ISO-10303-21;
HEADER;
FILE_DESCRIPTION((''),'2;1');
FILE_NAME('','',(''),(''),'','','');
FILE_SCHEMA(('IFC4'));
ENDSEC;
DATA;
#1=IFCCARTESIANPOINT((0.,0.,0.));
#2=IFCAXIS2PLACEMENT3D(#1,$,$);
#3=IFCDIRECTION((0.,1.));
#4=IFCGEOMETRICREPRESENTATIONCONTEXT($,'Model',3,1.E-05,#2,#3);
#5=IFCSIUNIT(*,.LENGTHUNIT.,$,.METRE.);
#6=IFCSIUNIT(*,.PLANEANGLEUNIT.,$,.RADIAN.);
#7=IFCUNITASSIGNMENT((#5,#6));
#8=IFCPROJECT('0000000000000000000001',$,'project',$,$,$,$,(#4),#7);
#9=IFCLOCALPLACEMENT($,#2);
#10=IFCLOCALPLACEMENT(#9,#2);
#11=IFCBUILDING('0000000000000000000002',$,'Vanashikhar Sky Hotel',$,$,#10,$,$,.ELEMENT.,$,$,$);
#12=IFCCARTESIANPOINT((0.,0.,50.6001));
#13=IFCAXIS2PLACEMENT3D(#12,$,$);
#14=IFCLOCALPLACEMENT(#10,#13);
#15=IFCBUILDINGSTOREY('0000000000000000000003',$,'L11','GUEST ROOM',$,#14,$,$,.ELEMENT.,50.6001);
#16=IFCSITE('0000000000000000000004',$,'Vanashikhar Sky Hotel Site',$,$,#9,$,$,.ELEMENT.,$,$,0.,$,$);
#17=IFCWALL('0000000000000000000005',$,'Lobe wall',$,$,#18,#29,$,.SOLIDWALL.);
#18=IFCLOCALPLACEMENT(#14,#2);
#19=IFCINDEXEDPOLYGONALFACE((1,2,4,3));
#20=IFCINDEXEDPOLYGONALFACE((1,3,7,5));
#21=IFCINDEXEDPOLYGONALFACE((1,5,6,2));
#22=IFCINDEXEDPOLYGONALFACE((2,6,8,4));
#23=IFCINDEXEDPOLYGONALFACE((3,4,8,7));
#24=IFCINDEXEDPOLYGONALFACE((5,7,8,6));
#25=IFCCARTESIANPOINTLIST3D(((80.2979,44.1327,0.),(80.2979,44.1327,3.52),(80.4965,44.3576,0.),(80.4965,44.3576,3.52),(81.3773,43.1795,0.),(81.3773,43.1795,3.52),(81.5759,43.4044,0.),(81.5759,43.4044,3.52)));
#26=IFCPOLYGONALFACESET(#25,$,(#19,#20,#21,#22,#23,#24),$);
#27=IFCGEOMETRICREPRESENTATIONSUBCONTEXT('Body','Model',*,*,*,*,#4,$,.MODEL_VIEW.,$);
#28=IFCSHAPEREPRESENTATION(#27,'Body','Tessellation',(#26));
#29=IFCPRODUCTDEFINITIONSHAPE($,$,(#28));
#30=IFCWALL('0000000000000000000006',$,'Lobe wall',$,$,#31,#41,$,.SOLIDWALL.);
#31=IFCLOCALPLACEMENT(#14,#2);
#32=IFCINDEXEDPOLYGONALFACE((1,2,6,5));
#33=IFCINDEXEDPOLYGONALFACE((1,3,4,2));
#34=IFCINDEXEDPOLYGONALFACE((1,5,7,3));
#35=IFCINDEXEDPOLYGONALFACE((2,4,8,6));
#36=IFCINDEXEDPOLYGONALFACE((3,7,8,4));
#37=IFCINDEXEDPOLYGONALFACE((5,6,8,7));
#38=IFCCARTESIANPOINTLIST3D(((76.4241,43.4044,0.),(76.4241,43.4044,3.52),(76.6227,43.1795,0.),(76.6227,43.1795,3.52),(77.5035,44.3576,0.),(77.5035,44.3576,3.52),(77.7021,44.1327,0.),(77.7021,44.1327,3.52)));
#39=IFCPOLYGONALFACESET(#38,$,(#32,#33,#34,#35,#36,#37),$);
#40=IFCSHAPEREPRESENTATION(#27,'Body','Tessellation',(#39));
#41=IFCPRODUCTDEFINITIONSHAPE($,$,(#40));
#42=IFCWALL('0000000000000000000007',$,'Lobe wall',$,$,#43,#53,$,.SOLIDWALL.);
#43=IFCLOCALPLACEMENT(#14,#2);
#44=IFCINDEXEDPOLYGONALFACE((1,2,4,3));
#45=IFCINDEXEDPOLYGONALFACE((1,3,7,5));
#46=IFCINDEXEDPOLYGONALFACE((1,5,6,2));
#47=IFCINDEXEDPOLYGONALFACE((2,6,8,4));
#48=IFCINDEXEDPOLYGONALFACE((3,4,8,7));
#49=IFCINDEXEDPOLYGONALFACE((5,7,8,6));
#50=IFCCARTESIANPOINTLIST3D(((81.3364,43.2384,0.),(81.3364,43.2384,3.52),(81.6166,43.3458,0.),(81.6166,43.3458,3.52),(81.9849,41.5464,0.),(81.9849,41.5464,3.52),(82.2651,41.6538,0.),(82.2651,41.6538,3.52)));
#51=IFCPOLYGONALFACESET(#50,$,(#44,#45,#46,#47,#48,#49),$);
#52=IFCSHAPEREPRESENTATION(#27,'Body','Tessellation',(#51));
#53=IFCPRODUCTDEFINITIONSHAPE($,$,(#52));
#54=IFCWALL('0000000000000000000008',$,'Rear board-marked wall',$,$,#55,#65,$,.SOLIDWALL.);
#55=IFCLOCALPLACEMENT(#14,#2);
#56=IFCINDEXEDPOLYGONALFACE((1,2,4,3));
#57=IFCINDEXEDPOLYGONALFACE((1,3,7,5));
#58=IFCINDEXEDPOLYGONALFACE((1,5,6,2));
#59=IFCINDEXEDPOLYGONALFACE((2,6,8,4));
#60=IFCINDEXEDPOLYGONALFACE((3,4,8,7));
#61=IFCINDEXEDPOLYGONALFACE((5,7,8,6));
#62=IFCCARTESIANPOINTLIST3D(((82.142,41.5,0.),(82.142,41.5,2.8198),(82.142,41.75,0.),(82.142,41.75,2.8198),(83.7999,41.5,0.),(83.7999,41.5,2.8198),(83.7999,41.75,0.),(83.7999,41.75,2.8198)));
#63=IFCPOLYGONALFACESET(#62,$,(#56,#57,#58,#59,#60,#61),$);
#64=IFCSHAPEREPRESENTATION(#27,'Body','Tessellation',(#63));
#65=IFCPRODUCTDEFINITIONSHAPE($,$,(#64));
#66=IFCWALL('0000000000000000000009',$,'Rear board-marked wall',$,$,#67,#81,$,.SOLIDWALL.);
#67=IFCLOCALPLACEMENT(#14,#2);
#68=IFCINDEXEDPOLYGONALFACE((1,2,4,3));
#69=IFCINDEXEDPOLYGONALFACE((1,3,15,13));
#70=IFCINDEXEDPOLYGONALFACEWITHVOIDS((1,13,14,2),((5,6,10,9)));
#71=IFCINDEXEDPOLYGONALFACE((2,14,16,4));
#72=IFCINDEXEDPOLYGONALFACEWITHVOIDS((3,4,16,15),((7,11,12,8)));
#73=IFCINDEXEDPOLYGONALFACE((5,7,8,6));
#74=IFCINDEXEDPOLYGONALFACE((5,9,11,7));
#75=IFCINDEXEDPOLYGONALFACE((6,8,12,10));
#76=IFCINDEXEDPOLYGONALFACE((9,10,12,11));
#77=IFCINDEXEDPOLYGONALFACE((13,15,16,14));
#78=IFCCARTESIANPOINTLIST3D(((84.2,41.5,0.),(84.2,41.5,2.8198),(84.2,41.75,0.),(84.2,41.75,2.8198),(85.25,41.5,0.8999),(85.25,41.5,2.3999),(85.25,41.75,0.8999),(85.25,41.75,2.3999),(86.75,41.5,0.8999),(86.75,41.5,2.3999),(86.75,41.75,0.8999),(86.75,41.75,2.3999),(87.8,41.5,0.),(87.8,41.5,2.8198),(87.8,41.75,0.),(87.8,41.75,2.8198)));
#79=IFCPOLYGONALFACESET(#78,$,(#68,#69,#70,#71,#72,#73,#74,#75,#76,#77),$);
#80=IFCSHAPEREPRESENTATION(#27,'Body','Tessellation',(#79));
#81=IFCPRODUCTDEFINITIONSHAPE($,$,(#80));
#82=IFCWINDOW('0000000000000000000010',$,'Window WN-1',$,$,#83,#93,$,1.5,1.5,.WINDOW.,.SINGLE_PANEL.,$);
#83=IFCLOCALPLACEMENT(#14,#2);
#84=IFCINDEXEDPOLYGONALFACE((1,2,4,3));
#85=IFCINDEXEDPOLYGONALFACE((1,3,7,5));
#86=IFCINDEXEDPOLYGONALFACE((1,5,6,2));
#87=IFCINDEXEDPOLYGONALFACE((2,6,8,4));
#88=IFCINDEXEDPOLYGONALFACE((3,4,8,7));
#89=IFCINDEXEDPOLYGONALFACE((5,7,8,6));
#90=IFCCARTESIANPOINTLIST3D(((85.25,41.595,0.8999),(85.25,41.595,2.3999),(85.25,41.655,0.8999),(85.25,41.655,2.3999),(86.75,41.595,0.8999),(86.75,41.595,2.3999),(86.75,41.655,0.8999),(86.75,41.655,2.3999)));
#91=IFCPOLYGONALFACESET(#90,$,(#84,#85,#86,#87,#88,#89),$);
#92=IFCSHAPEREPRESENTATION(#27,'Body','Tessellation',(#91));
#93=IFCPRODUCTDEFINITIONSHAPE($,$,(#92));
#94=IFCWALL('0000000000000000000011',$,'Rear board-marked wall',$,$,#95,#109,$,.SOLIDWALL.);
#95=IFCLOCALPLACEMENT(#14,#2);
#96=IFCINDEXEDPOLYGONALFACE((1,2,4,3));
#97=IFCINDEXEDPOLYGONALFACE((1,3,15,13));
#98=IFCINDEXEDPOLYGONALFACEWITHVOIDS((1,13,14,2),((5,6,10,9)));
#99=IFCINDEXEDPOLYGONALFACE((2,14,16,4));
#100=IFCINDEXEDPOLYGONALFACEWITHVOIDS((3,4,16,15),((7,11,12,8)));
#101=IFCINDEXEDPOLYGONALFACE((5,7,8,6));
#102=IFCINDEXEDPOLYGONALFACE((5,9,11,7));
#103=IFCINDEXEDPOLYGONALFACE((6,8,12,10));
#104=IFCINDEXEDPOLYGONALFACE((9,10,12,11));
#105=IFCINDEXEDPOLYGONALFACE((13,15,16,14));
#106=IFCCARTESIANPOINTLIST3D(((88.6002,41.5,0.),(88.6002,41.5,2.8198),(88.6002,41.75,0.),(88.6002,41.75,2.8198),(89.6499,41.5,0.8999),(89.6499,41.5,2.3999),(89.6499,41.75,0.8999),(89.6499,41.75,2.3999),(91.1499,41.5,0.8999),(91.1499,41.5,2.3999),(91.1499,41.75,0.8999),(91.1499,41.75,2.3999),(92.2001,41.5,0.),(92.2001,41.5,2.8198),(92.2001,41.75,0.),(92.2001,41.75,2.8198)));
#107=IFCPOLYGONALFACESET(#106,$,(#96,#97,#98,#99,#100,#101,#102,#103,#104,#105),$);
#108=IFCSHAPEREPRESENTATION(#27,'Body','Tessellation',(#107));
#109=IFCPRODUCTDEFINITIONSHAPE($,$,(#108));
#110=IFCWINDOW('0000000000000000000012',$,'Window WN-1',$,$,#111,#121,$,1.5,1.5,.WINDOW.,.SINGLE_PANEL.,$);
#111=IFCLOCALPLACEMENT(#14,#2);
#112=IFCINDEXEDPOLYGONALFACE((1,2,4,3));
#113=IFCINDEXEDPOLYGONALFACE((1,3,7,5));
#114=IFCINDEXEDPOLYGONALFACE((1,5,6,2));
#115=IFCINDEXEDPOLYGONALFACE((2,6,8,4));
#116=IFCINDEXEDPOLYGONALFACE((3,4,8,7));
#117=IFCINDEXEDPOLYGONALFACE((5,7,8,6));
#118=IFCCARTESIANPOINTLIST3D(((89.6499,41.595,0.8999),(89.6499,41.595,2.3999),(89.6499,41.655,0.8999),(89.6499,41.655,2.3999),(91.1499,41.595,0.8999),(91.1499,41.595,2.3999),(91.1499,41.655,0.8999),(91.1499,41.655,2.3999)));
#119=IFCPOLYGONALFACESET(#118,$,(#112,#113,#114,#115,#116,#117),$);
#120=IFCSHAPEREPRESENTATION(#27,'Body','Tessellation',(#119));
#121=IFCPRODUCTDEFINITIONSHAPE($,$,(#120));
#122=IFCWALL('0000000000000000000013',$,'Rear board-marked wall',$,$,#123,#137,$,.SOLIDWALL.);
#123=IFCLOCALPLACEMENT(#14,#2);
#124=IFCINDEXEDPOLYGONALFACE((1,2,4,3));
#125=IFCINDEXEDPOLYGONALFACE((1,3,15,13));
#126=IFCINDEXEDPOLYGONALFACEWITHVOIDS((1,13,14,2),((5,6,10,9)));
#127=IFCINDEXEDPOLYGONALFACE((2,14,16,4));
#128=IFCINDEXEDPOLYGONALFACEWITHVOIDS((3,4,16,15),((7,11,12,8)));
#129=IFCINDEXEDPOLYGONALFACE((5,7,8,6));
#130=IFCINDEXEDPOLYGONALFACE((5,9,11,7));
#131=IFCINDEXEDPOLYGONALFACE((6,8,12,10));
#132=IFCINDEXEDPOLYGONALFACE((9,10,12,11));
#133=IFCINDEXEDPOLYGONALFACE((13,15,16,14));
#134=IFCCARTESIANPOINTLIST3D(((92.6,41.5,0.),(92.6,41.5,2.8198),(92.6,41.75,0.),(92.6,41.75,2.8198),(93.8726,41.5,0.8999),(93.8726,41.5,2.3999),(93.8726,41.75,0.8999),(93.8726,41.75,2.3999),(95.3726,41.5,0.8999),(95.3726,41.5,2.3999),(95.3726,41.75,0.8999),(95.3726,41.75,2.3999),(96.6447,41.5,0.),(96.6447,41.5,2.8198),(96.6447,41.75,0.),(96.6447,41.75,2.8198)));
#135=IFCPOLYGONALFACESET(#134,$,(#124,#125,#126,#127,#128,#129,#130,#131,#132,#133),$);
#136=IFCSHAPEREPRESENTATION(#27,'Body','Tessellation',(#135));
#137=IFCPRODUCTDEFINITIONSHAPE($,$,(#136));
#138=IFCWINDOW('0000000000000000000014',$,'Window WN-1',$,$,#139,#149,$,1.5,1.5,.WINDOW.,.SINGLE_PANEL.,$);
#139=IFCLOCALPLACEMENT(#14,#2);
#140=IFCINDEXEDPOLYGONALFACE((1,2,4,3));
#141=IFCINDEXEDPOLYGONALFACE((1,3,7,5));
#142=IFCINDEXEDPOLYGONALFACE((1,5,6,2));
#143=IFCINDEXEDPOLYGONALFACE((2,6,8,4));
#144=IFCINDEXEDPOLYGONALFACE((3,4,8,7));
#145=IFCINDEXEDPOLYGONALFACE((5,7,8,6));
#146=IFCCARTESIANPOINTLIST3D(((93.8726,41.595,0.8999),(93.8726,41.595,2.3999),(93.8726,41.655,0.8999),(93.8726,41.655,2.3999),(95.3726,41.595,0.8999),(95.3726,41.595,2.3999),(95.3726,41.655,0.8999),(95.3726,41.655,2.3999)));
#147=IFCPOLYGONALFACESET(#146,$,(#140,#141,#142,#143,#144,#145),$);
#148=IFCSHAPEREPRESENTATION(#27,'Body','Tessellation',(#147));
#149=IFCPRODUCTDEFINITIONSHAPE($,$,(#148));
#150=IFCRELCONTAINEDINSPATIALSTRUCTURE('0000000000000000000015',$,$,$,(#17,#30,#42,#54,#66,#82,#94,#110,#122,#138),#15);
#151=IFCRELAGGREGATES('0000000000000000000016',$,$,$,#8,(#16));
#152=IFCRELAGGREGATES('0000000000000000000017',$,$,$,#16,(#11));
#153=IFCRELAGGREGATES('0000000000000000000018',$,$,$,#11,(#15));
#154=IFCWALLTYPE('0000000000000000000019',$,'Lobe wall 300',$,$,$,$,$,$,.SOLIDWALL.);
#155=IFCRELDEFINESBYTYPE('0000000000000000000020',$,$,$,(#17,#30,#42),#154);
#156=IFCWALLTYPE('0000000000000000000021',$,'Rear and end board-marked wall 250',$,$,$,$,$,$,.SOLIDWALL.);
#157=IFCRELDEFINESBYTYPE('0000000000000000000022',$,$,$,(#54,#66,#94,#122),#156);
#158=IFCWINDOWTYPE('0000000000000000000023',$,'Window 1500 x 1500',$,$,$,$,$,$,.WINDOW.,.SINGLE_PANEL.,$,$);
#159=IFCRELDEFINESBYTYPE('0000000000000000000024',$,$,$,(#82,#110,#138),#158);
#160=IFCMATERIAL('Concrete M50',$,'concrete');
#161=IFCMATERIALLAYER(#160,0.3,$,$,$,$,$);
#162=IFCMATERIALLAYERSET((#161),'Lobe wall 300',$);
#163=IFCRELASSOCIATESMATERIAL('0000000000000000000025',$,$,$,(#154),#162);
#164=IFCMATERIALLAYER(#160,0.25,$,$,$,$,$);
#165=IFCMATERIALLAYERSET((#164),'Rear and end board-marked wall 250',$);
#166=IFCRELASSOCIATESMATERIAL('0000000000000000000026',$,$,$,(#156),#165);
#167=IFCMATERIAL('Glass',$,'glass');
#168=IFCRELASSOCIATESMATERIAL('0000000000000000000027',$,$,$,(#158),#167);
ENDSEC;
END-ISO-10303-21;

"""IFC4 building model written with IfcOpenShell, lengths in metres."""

from ifc_helpers import new_model, si_unit, direction, frame, frame_2d, origin, place, context, subcontext, project, spatial, rectangle, extrude, source, transform, mapped, material, layer, layer_set, type_object, element, fill, save


model = new_model("IFC4")

# Units and contexts
model_context = context("Model", 3, precision=1e-05, world=origin(), true_north=direction((0.0, 1.0)))
body_context = subcontext(model_context, "Body", "Model", "MODEL_VIEW")
ifc_project = project(units=[si_unit("LENGTHUNIT", "METRE"), si_unit("PLANEANGLEUNIT", "RADIAN")], contexts=[model_context])

# Site, building, storey
site_placement = place(None, origin())
site = spatial("IfcSite", under=ifc_project, at=site_placement, Name="Vanashikhar Sky Hotel Site", CompositionType="ELEMENT", RefElevation=0.0)
building_placement = place(site_placement, origin())
building = spatial("IfcBuilding", under=site, at=building_placement, Name="Vanashikhar Sky Hotel", CompositionType="ELEMENT")
storey_placement = place(building_placement, frame((0.0, 0.0, 50.6001)))
storey = spatial("IfcBuildingStorey", under=building, at=storey_placement, Name="L11", Description="GUEST ROOM", CompositionType="ELEMENT", Elevation=50.6001)

# Shared definitions
ifc_material_1 = material(Name="Concrete M50", Category="concrete")

# Shared definitions
ifc_layer_1 = layer(ifc_material_1, 0.3)
ifc_layer_set_1 = layer_set([ifc_layer_1], Name="Lobe wall 300")
wall_type_1 = type_object("IfcWallType", Name="Lobe wall 300", PredefinedType="SOLIDWALL", material=ifc_layer_set_1)
ifc_material_2 = material(Name="Glass", Category="glass")

# Walls
shared_shape_1 = source(origin(), body_context, "Body", "SweptSolid", [
    extrude(rectangle(XDim=1.4399, YDim=0.3, at=frame_2d((0.72, 0.0))), origin(), (0.0, 0.0, 1.0), 3.52),
])
for number, where, z_axis, x_axis, name in (
    (1, (81.4766, 43.292, 0.0), (0.0, 0.0, 1.0), (-0.749576, 0.661919, 0.0), "Lobe wall"),
    (2, (77.6028, 44.2451, 0.0), (0.0, 0.0, 1.0), (-0.749576, -0.661919, 0.0), "Lobe wall"),
):
    element("IfcWall", number, at=place(storey_placement, frame(where, z_axis=z_axis, x_axis=x_axis)), inside=storey, type_object=wall_type_1, Name=name, PredefinedType="SOLIDWALL", context=body_context, shape_type="MappedRepresentation", body=[
        mapped(shared_shape_1, transform((0.0, 0.0, 0.0), scale=1.0)),
    ])
shared_shape_2 = source(origin(), body_context, "Body", "SweptSolid", [
    extrude(rectangle(XDim=1.812, YDim=0.3, at=frame_2d((0.906, 0.0))), origin(), (0.0, 0.0, 1.0), 3.52),
])
wall_1_placement = place(storey_placement, frame((82.125, 41.6001, 0.0), z_axis=(0.0, 0.0, 1.0), x_axis=(-0.357877, 0.933769, 0.0)))
element("IfcWall", 3, at=wall_1_placement, inside=storey, type_object=wall_type_1, Name="Lobe wall", PredefinedType="SOLIDWALL", context=body_context, shape_type="MappedRepresentation", body=[
    mapped(shared_shape_2, transform((0.0, 0.0, 0.0), scale=1.0)),
])
ifc_layer_2 = layer(ifc_material_1, 0.25)
ifc_layer_set_2 = layer_set([ifc_layer_2], Name="Rear and end board-marked wall 250")
wall_type_2 = type_object("IfcWallType", Name="Rear and end board-marked wall 250", PredefinedType="SOLIDWALL", material=ifc_layer_set_2)
shared_shape_3 = source(origin(), body_context, "Body", "SweptSolid", [
    extrude(rectangle(XDim=1.658, YDim=0.25, at=frame_2d((0.8291, 0.0))), origin(), (0.0, 0.0, 1.0), 2.8198),
])
wall_2_placement = place(storey_placement, frame((83.8, 41.625, 0.0), z_axis=(0.0, 0.0, 1.0), x_axis=(-1.0, 0.0, 0.0)))
element("IfcWall", 4, at=wall_2_placement, inside=storey, type_object=wall_type_2, Name="Rear board-marked wall", PredefinedType="SOLIDWALL", context=body_context, shape_type="MappedRepresentation", body=[
    mapped(shared_shape_3, transform((0.0, 0.0, 0.0), scale=1.0)),
])

# Walls, openings, windows
shared_shape_4 = source(origin(), body_context, "Body", "SweptSolid", [
    extrude(rectangle(XDim=3.6001, YDim=0.25, at=frame_2d((1.8, 0.0))), origin(), (0.0, 0.0, 1.0), 2.8198),
])
wall_3_placement = place(storey_placement, frame((87.8, 41.625, 0.0), z_axis=(0.0, 0.0, 1.0), x_axis=(-1.0, 0.0, 0.0)))
wall_3 = element("IfcWall", 5, at=wall_3_placement, inside=storey, type_object=wall_type_2, Name="Rear board-marked wall", PredefinedType="SOLIDWALL", context=body_context, shape_type="MappedRepresentation", body=[
    mapped(shared_shape_4, transform((0.0, 0.0, 0.0), scale=1.0)),
])
shared_shape_5 = source(origin(), body_context, "Body", "SweptSolid", [
    extrude(rectangle(XDim=1.5, YDim=1.5, at=frame_2d((0.75, 0.75))), frame((0.0, 0.135, 0.0), z_axis=(0.0, -1.0, 0.0), x_axis=(1.0, 0.0, 0.0)), (0.0, 0.0, 1.0), 0.27),
])
opening_1_placement = place(wall_3_placement, frame((1.05, 0.0, 0.8999)))
opening_1 = element("IfcOpeningElement", 6, at=opening_1_placement, cuts=wall_3, PredefinedType="OPENING", context=body_context, shape_type="MappedRepresentation", body=[
    mapped(shared_shape_5, transform((0.0, 0.0, 0.0), scale=1.0)),
])
window_type_1 = type_object("IfcWindowType", Name="Window 1500 x 1500", PartitioningType="SINGLE_PANEL", PredefinedType="WINDOW", material=ifc_material_2)
shared_shape_6 = source(origin(), body_context, "Body", "SweptSolid", [
    extrude(rectangle(XDim=1.5, YDim=1.5, at=frame_2d((0.75, 0.75))), frame((0.0, 0.03, 0.0), z_axis=(0.0, -1.0, 0.0), x_axis=(1.0, 0.0, 0.0)), (0.0, 0.0, 1.0), 0.0601),
])
window_1_placement = place(opening_1_placement, origin())
window_1 = element("IfcWindow", 7, at=window_1_placement, inside=storey, type_object=window_type_1, Name="Window WN-1", OverallHeight=1.5, OverallWidth=1.5, PartitioningType="SINGLE_PANEL", PredefinedType="WINDOW", context=body_context, shape_type="MappedRepresentation", body=[
    mapped(shared_shape_6, transform((0.0, 0.0, 0.0), scale=1.0)),
])
fill(opening_1, window_1)
shared_shape_7 = source(origin(), body_context, "Body", "SweptSolid", [
    extrude(rectangle(XDim=3.5999, YDim=0.25, at=frame_2d((1.7998, 0.0))), origin(), (0.0, 0.0, 1.0), 2.8198),
])
wall_4_placement = place(storey_placement, frame((92.2, 41.625, 0.0), z_axis=(0.0, 0.0, 1.0), x_axis=(-1.0, 0.0, 0.0)))
wall_4 = element("IfcWall", 8, at=wall_4_placement, inside=storey, type_object=wall_type_2, Name="Rear board-marked wall", PredefinedType="SOLIDWALL", context=body_context, shape_type="MappedRepresentation", body=[
    mapped(shared_shape_7, transform((0.0, 0.0, 0.0), scale=1.0)),
])
opening_2_placement = place(wall_4_placement, frame((1.05, 0.0, 0.8999)))
opening_2 = element("IfcOpeningElement", 9, at=opening_2_placement, cuts=wall_4, PredefinedType="OPENING", context=body_context, shape_type="MappedRepresentation", body=[
    mapped(shared_shape_5, transform((0.0, 0.0, 0.0), scale=1.0)),
])
window_2_placement = place(opening_2_placement, origin())
window_2 = element("IfcWindow", 10, at=window_2_placement, inside=storey, type_object=window_type_1, Name="Window WN-1", OverallHeight=1.5, OverallWidth=1.5, PartitioningType="SINGLE_PANEL", PredefinedType="WINDOW", context=body_context, shape_type="MappedRepresentation", body=[
    mapped(shared_shape_6, transform((0.0, 0.0, 0.0), scale=1.0)),
])
fill(opening_2, window_2)
shared_shape_8 = source(origin(), body_context, "Body", "SweptSolid", [
    extrude(rectangle(XDim=4.0447, YDim=0.25, at=frame_2d((2.0225, 0.0))), origin(), (0.0, 0.0, 1.0), 2.8198),
])
wall_5_placement = place(storey_placement, frame((96.6448, 41.625, 0.0), z_axis=(0.0, 0.0, 1.0), x_axis=(-1.0, 0.0, 0.0)))
wall_5 = element("IfcWall", 11, at=wall_5_placement, inside=storey, type_object=wall_type_2, Name="Rear board-marked wall", PredefinedType="SOLIDWALL", context=body_context, shape_type="MappedRepresentation", body=[
    mapped(shared_shape_8, transform((0.0, 0.0, 0.0), scale=1.0)),
])
opening_3_placement = place(wall_5_placement, frame((1.2722, 0.0, 0.8999)))
opening_3 = element("IfcOpeningElement", 12, at=opening_3_placement, cuts=wall_5, PredefinedType="OPENING", context=body_context, shape_type="MappedRepresentation", body=[
    mapped(shared_shape_5, transform((0.0, 0.0, 0.0), scale=1.0)),
])
window_3_placement = place(opening_3_placement, origin())
window_3 = element("IfcWindow", 13, at=window_3_placement, inside=storey, type_object=window_type_1, Name="Window WN-1", OverallHeight=1.5, OverallWidth=1.5, PartitioningType="SINGLE_PANEL", PredefinedType="WINDOW", context=body_context, shape_type="MappedRepresentation", body=[
    mapped(shared_shape_6, transform((0.0, 0.0, 0.0), scale=1.0)),
])
fill(opening_3, window_3)

save(model, "model.ifc")
